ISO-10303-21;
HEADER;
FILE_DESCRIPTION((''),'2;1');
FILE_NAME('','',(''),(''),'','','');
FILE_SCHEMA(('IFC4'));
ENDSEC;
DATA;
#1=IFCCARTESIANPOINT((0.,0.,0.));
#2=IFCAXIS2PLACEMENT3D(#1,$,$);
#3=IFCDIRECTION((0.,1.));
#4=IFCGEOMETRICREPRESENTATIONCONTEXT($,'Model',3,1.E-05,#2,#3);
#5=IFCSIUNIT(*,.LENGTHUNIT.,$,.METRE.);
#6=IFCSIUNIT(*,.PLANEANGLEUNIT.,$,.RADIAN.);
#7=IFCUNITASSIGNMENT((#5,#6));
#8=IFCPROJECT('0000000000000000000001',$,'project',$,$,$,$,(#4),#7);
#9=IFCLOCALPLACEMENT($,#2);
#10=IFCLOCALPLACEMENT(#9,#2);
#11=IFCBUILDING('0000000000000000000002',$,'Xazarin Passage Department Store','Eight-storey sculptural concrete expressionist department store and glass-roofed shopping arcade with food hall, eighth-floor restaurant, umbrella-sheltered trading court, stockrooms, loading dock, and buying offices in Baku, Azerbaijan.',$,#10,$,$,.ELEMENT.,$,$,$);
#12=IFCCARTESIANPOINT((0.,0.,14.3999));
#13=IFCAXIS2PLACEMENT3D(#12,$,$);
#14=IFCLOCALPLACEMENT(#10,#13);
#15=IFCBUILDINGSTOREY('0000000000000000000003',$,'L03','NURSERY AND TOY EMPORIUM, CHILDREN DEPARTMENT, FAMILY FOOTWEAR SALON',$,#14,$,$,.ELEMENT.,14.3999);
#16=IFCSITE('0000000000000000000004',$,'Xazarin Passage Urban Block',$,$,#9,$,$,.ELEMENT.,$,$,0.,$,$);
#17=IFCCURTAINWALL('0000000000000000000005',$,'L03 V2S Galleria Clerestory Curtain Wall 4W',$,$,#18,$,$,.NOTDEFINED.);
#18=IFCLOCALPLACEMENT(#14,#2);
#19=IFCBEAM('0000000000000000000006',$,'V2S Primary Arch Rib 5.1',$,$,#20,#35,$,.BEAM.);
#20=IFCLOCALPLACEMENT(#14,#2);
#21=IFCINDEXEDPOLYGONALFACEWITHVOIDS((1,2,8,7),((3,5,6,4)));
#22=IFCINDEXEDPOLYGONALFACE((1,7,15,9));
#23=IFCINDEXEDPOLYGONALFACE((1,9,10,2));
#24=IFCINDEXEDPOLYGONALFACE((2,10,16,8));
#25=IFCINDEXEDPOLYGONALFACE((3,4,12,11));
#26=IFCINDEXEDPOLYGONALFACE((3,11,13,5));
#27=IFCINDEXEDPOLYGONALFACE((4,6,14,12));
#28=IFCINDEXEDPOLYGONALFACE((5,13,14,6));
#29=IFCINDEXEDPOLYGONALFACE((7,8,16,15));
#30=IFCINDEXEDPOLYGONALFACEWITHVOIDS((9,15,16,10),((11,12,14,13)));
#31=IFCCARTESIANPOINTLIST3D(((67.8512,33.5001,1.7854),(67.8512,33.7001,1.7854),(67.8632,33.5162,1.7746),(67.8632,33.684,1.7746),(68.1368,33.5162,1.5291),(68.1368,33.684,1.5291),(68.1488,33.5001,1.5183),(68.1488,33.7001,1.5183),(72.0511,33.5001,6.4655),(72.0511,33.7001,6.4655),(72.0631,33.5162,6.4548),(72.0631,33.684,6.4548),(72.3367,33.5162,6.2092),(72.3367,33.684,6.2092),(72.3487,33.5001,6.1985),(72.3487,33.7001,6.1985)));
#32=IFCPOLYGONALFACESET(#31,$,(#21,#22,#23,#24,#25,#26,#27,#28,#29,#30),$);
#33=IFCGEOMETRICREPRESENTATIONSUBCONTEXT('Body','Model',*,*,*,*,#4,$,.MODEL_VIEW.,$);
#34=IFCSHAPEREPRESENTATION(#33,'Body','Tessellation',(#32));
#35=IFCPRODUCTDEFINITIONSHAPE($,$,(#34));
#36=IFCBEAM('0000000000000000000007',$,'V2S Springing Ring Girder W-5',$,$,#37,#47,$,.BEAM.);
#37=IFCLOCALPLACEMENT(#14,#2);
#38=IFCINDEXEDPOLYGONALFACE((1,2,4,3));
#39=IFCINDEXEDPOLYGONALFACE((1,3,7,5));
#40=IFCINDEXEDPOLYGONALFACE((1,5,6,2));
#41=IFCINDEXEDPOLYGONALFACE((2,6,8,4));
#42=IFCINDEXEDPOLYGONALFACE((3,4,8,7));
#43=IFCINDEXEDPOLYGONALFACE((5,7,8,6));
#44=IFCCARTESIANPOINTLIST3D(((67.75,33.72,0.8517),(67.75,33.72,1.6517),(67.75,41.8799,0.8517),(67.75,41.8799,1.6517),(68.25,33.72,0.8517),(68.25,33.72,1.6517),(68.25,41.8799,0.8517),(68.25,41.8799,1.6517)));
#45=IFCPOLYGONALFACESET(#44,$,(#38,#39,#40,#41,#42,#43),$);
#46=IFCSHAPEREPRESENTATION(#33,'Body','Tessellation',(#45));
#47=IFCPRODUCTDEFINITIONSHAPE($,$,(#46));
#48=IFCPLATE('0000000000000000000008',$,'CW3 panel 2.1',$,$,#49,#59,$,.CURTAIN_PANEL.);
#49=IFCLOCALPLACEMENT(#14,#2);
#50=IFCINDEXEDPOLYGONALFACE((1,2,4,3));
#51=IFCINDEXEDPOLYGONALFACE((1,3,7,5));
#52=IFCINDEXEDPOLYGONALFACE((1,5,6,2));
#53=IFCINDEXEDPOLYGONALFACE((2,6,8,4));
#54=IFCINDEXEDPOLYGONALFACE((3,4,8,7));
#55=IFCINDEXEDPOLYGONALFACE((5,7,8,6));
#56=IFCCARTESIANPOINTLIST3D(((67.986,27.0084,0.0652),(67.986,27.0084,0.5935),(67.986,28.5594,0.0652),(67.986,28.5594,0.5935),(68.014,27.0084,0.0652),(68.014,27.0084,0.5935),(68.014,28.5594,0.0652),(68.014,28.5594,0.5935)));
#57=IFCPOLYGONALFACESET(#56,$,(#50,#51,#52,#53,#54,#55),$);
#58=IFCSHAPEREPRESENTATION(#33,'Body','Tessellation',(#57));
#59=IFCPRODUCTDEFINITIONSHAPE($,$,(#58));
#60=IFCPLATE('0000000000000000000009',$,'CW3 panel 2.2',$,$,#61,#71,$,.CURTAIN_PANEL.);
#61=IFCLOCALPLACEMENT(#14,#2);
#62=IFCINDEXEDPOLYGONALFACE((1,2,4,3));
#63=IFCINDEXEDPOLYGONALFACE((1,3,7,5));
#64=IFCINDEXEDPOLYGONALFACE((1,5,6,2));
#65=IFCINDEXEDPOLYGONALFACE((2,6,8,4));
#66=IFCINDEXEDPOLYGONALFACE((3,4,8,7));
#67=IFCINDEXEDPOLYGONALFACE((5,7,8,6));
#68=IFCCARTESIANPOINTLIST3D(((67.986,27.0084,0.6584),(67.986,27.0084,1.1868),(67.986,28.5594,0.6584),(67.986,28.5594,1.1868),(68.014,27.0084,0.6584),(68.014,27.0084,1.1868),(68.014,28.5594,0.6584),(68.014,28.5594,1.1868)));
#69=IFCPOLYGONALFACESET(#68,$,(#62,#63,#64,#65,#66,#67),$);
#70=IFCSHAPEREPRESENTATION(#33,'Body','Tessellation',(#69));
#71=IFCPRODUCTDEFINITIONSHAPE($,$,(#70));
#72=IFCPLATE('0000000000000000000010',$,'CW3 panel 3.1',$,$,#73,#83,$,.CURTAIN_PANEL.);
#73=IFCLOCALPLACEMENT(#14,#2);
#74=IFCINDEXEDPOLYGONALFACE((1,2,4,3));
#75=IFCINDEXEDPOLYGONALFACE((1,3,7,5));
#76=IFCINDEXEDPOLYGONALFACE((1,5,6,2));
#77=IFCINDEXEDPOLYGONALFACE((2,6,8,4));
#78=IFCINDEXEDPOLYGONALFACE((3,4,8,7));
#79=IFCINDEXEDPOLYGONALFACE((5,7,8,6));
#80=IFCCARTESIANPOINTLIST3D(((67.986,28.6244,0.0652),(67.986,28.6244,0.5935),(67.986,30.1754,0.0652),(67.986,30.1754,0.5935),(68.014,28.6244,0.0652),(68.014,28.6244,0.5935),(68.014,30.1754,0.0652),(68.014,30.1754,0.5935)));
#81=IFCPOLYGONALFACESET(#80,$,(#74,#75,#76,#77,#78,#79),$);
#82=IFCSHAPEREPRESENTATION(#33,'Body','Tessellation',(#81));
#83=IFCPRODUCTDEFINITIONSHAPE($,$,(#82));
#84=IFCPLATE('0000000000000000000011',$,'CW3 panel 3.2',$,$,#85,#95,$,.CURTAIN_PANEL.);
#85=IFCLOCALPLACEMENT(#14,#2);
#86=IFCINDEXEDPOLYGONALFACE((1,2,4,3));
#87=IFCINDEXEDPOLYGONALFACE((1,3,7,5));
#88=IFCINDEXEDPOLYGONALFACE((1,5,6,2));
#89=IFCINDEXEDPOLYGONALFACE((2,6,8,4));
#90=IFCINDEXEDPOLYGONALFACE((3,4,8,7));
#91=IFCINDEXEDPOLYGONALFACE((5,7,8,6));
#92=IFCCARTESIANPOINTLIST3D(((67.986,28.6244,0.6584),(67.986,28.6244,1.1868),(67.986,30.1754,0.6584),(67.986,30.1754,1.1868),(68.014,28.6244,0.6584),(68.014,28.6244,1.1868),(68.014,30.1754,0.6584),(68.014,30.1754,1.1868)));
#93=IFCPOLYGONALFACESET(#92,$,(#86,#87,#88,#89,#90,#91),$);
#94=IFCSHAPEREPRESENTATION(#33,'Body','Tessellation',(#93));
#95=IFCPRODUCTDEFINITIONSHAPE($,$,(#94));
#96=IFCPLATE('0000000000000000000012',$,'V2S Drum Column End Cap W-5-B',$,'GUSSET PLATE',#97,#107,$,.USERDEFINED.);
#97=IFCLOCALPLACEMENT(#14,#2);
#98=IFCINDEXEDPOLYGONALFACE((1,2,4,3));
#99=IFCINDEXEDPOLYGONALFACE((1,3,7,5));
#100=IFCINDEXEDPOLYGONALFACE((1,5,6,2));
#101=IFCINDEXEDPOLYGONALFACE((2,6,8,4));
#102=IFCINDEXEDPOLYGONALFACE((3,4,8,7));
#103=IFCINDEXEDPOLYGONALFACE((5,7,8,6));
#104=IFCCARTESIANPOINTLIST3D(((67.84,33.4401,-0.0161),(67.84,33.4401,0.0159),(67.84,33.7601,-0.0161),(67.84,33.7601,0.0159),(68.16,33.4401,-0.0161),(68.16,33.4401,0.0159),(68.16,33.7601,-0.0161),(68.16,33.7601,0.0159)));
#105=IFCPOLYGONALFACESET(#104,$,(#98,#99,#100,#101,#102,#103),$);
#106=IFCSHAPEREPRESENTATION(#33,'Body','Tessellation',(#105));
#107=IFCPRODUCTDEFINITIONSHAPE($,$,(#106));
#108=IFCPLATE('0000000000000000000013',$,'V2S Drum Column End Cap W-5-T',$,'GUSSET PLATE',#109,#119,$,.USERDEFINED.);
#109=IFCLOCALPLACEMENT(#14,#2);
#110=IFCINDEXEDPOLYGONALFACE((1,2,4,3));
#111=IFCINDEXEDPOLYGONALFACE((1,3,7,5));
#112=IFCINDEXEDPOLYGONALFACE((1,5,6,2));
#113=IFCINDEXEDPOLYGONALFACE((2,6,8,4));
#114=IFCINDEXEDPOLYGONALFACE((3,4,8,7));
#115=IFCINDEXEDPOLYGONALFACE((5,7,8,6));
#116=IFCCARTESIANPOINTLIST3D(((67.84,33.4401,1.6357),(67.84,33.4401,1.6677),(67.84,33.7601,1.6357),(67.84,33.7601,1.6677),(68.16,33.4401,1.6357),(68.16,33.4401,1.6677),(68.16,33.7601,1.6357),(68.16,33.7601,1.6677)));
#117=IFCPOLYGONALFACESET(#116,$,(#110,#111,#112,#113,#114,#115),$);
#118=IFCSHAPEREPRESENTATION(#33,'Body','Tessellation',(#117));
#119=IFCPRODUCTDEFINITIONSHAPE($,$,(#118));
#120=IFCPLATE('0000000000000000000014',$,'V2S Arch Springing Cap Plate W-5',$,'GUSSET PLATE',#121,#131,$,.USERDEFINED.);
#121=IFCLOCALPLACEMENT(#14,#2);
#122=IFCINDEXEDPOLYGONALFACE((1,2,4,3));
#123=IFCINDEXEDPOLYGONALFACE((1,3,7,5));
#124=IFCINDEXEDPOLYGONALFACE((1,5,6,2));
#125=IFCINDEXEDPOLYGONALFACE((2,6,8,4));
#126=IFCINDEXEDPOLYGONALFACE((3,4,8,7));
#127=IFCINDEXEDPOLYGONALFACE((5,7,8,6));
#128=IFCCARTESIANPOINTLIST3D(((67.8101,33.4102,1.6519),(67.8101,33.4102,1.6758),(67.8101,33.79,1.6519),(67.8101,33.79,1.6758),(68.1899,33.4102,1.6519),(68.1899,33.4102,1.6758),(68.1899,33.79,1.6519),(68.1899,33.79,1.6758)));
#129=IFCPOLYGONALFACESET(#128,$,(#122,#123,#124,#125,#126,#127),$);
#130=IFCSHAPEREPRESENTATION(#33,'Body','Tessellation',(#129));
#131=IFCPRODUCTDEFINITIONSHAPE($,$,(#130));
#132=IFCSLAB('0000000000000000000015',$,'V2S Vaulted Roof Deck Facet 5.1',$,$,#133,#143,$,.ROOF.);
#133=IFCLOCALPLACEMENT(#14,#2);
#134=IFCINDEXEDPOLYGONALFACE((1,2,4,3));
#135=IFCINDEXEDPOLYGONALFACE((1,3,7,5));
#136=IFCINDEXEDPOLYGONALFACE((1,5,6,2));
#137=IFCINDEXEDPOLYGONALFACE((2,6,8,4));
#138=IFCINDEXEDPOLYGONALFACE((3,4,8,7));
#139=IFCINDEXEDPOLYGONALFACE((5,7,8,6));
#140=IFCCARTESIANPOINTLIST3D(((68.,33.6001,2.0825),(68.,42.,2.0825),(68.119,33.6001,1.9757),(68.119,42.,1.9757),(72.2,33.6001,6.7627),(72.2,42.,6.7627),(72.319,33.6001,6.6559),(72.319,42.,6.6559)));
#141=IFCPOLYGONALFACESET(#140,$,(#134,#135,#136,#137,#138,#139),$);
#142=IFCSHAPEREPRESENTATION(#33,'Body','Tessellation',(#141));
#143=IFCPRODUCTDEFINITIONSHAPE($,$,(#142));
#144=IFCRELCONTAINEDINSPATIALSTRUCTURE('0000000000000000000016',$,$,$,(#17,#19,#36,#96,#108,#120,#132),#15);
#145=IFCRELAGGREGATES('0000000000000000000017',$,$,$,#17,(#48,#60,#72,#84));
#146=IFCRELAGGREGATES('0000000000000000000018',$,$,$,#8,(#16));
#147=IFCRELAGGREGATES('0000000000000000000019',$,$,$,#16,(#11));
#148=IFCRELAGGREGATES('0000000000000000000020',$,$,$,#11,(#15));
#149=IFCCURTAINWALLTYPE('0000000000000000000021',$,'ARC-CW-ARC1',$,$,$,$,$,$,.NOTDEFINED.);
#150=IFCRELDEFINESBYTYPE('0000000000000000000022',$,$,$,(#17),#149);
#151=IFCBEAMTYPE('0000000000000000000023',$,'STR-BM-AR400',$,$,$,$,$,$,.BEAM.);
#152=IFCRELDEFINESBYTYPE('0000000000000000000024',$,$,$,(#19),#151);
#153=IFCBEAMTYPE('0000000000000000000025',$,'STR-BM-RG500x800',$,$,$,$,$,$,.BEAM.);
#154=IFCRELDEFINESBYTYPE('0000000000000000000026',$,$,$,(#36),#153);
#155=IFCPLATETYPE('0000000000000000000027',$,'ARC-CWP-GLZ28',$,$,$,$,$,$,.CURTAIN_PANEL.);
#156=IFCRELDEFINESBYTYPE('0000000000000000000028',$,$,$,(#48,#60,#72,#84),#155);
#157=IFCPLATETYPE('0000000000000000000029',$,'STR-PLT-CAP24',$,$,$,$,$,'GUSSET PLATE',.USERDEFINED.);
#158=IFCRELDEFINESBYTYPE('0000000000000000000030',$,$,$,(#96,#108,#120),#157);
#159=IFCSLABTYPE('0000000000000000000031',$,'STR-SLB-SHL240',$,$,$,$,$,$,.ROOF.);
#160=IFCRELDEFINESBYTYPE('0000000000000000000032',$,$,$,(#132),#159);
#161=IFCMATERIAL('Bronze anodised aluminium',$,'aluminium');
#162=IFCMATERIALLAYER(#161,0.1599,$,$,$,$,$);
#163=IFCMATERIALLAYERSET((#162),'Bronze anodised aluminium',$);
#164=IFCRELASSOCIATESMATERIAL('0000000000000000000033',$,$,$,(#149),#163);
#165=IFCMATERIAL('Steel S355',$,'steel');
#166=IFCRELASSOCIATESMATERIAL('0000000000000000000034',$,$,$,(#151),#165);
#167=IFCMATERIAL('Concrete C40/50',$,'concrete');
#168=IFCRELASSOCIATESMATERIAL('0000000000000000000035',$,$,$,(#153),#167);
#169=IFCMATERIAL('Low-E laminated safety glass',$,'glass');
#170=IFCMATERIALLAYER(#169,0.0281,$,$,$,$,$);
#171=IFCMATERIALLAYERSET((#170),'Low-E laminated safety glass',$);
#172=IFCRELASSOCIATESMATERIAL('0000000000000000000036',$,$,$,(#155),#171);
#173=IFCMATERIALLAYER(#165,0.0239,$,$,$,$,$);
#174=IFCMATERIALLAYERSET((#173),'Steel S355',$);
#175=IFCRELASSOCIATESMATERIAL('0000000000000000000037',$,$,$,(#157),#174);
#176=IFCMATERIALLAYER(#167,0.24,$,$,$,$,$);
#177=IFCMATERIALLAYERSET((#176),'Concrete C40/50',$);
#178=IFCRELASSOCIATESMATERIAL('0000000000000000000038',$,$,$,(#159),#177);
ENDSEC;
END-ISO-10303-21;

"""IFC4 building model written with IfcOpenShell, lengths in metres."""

from ifc_helpers import new_model, si_unit, direction, frame, origin, origin_2d, place, context, subcontext, project, spatial, polyline, rectangle, hollow_rectangle, outline, extrude, material, layer, layer_set, material_profile, profile_set, type_object, element, aggregate, save


model = new_model("IFC4")

# Units and contexts
model_context = context("Model", 3, precision=1e-05, world=origin(), true_north=direction((0.0, 1.0)))
body_context = subcontext(model_context, "Body", "Model", "MODEL_VIEW")
ifc_project = project(units=[si_unit("LENGTHUNIT", "METRE"), si_unit("PLANEANGLEUNIT", "RADIAN")], contexts=[model_context])

# Site, building, storey
site_placement = place(None, origin())
site = spatial("IfcSite", under=ifc_project, at=site_placement, Name="Xazarin Passage Urban Block", CompositionType="ELEMENT", RefElevation=0.0)
building_placement = place(site_placement, origin())
building = spatial("IfcBuilding", under=site, at=building_placement, Name="Xazarin Passage Department Store", Description="Eight-storey sculptural concrete expressionist department store and glass-roofed shopping arcade with food hall, eighth-floor restaurant, umbrella-sheltered trading court, stockrooms, loading dock, and buying offices in Baku, Azerbaijan.", CompositionType="ELEMENT")
storey_placement = place(building_placement, frame((0.0, 0.0, 14.3999)))
storey = spatial("IfcBuildingStorey", under=building, at=storey_placement, Name="L03", Description="NURSERY AND TOY EMPORIUM, CHILDREN DEPARTMENT, FAMILY FOOTWEAR SALON", CompositionType="ELEMENT", Elevation=14.3999)

# Shared definitions
ifc_material_1 = material(Name="Steel S355", Category="steel")

# Curtain wall
ifc_material_2 = material(Name="Bronze anodised aluminium", Category="aluminium")
ifc_layer_1 = layer(ifc_material_2, 0.1599)
ifc_layer_set_1 = layer_set([ifc_layer_1], Name="Bronze anodised aluminium")
curtain_wall_type = type_object("IfcCurtainWallType", Name="ARC-CW-ARC1", PredefinedType="NOTDEFINED", material=ifc_layer_set_1)
curtain_wall_placement = place(storey_placement, origin())
curtain_wall = element("IfcCurtainWall", 1, at=curtain_wall_placement, inside=storey, type_object=curtain_wall_type, Name="L03 V2S Galleria Clerestory Curtain Wall 4W", PredefinedType="NOTDEFINED")

# Beams
ifc_material_profile_1 = material_profile(ifc_material_1, hollow_rectangle(XDim=0.2, YDim=0.3999, WallThickness=0.0161, at=origin_2d()), Name="RHS 400x200x16")
ifc_profile_set_1 = profile_set([ifc_material_profile_1], Name="Steel S355")
beam_type_1 = type_object("IfcBeamType", Name="STR-BM-AR400", PredefinedType="BEAM", material=ifc_profile_set_1)
beam_1_placement = place(storey_placement, frame((68.0, 33.6001, 1.6519), z_axis=(0.667892, 0.0, 0.744259), x_axis=(0.0, 1.0, 0.0)))
element("IfcBeam", 2, at=beam_1_placement, inside=storey, type_object=beam_type_1, Name="V2S Primary Arch Rib 5.1", PredefinedType="BEAM", context=body_context, shape_type="SweptSolid", body=[
    extrude(hollow_rectangle(XDim=0.2, YDim=0.3999, WallThickness=0.0161, at=origin_2d()), origin(), (0.0, 0.0, 1.0), 6.2883),
])
ifc_material_3 = material(Name="Concrete C40/50", Category="concrete")
ifc_material_profile_2 = material_profile(ifc_material_3, rectangle(XDim=0.5, YDim=0.8, at=origin_2d()), Name="RC 500x800")
ifc_profile_set_2 = profile_set([ifc_material_profile_2], Name="Concrete C40/50")
beam_type_2 = type_object("IfcBeamType", Name="STR-BM-RG500x800", PredefinedType="BEAM", material=ifc_profile_set_2)
beam_2_placement = place(storey_placement, frame((68.0, 33.72, 1.2517), z_axis=(0.0, 1.0, 0.0), x_axis=(-1.0, 0.0, 0.0)))
element("IfcBeam", 3, at=beam_2_placement, inside=storey, type_object=beam_type_2, Name="V2S Springing Ring Girder W-5", PredefinedType="BEAM", context=body_context, shape_type="SweptSolid", body=[
    extrude(rectangle(XDim=0.5, YDim=0.8, at=origin_2d()), origin(), (0.0, 0.0, 1.0), 8.1599),
])

# Plates
ifc_material_4 = material(Name="Low-E laminated safety glass", Category="glass")
ifc_layer_2 = layer(ifc_material_4, 0.0281)
ifc_layer_set_2 = layer_set([ifc_layer_2], Name="Low-E laminated safety glass")
plate_type_1 = type_object("IfcPlateType", Name="ARC-CWP-GLZ28", PredefinedType="CURTAIN_PANEL", material=ifc_layer_set_2)
plate_1_placement = place(storey_placement, frame((68.0, 27.7839, 0.0652), z_axis=(0.0, 0.0, 1.0), x_axis=(0.0, 1.0, 0.0)))
plate_1 = element("IfcPlate", 4, at=plate_1_placement, type_object=plate_type_1, Name="CW3 panel 2.1", PredefinedType="CURTAIN_PANEL", context=body_context, shape_type="SweptSolid", body=[
    extrude(rectangle(XDim=1.551, YDim=0.0281, at=origin_2d()), origin(), (0.0, 0.0, 1.0), 0.5283),
])
plate_2_placement = place(storey_placement, frame((68.0, 27.7839, 0.6584), z_axis=(0.0, 0.0, 1.0), x_axis=(0.0, 1.0, 0.0)))
plate_2 = element("IfcPlate", 5, at=plate_2_placement, type_object=plate_type_1, Name="CW3 panel 2.2", PredefinedType="CURTAIN_PANEL", context=body_context, shape_type="SweptSolid", body=[
    extrude(rectangle(XDim=1.551, YDim=0.0281, at=origin_2d()), origin(), (0.0, 0.0, 1.0), 0.5283),
])
plate_3_placement = place(storey_placement, frame((68.0, 29.3999, 0.0652), z_axis=(0.0, 0.0, 1.0), x_axis=(0.0, 1.0, 0.0)))
plate_3 = element("IfcPlate", 6, at=plate_3_placement, type_object=plate_type_1, Name="CW3 panel 3.1", PredefinedType="CURTAIN_PANEL", context=body_context, shape_type="SweptSolid", body=[
    extrude(rectangle(XDim=1.551, YDim=0.0281, at=origin_2d()), origin(), (0.0, 0.0, 1.0), 0.5283),
])
plate_4_placement = place(storey_placement, frame((68.0, 29.3999, 0.6584), z_axis=(0.0, 0.0, 1.0), x_axis=(0.0, 1.0, 0.0)))
plate_4 = element("IfcPlate", 7, at=plate_4_placement, type_object=plate_type_1, Name="CW3 panel 3.2", PredefinedType="CURTAIN_PANEL", context=body_context, shape_type="SweptSolid", body=[
    extrude(rectangle(XDim=1.551, YDim=0.0281, at=origin_2d()), origin(), (0.0, 0.0, 1.0), 0.5283),
])
aggregate(curtain_wall, [plate_1, plate_2, plate_3, plate_4])

# Plates
ifc_layer_3 = layer(ifc_material_1, 0.0239)
ifc_layer_set_3 = layer_set([ifc_layer_3], Name="Steel S355")
plate_type_2 = type_object("IfcPlateType", Name="STR-PLT-CAP24", ElementType="GUSSET PLATE", PredefinedType="USERDEFINED", material=ifc_layer_set_3)
for number, where, z_axis, x_axis, name in (
    (8, (68.0, 33.6001, -0.0161), (0.0, 0.0, 1.0), (1.0, 0.0, 0.0), "V2S Drum Column End Cap W-5-B"),
    (9, (68.0, 33.6001, 1.6357), (0.0, 0.0, 1.0), (1.0, 0.0, 0.0), "V2S Drum Column End Cap W-5-T"),
):
    element("IfcPlate", number, at=place(storey_placement, frame(where, z_axis=z_axis, x_axis=x_axis)), inside=storey, type_object=plate_type_2, Name=name, ObjectType="GUSSET PLATE", PredefinedType="USERDEFINED", context=body_context, shape_type="SweptSolid", body=[
        extrude(rectangle(XDim=0.3201, YDim=0.3201, at=origin_2d()), origin(), (0.0, 0.0, 1.0), 0.032),
    ])
plate_5_placement = place(storey_placement, frame((68.0, 33.6001, 1.6519), z_axis=(0.0, 0.0, 1.0), x_axis=(1.0, 0.0, 0.0)))
element("IfcPlate", 10, at=plate_5_placement, inside=storey, type_object=plate_type_2, Name="V2S Arch Springing Cap Plate W-5", ObjectType="GUSSET PLATE", PredefinedType="USERDEFINED", context=body_context, shape_type="SweptSolid", body=[
    extrude(rectangle(XDim=0.3799, YDim=0.3799, at=origin_2d()), origin(), (0.0, 0.0, 1.0), 0.0239),
])

# Slab
ifc_layer_4 = layer(ifc_material_3, 0.24)
ifc_layer_set_4 = layer_set([ifc_layer_4], Name="Concrete C40/50")
slab_type = type_object("IfcSlabType", Name="STR-SLB-SHL240", PredefinedType="ROOF", material=ifc_layer_set_4)
slab_placement = place(storey_placement, frame((68.0, 33.6001, 2.0825), z_axis=(-0.744259, 0.0, 0.667892), x_axis=(0.667892, 0.0, 0.744259)))
element("IfcSlab", 11, at=slab_placement, inside=storey, type_object=slab_type, Name="V2S Vaulted Roof Deck Facet 5.1", PredefinedType="ROOF", context=body_context, shape_type="SweptSolid", body=[
    extrude(outline(polyline([(0.0, 0.0), (6.2884, 0.0), (6.2884, 8.3999), (0.0, 8.3999), (0.0, 0.0)])), origin(), (0.0, 0.0, -1.0), 0.1599),
])

save(model, "model.ifc")
